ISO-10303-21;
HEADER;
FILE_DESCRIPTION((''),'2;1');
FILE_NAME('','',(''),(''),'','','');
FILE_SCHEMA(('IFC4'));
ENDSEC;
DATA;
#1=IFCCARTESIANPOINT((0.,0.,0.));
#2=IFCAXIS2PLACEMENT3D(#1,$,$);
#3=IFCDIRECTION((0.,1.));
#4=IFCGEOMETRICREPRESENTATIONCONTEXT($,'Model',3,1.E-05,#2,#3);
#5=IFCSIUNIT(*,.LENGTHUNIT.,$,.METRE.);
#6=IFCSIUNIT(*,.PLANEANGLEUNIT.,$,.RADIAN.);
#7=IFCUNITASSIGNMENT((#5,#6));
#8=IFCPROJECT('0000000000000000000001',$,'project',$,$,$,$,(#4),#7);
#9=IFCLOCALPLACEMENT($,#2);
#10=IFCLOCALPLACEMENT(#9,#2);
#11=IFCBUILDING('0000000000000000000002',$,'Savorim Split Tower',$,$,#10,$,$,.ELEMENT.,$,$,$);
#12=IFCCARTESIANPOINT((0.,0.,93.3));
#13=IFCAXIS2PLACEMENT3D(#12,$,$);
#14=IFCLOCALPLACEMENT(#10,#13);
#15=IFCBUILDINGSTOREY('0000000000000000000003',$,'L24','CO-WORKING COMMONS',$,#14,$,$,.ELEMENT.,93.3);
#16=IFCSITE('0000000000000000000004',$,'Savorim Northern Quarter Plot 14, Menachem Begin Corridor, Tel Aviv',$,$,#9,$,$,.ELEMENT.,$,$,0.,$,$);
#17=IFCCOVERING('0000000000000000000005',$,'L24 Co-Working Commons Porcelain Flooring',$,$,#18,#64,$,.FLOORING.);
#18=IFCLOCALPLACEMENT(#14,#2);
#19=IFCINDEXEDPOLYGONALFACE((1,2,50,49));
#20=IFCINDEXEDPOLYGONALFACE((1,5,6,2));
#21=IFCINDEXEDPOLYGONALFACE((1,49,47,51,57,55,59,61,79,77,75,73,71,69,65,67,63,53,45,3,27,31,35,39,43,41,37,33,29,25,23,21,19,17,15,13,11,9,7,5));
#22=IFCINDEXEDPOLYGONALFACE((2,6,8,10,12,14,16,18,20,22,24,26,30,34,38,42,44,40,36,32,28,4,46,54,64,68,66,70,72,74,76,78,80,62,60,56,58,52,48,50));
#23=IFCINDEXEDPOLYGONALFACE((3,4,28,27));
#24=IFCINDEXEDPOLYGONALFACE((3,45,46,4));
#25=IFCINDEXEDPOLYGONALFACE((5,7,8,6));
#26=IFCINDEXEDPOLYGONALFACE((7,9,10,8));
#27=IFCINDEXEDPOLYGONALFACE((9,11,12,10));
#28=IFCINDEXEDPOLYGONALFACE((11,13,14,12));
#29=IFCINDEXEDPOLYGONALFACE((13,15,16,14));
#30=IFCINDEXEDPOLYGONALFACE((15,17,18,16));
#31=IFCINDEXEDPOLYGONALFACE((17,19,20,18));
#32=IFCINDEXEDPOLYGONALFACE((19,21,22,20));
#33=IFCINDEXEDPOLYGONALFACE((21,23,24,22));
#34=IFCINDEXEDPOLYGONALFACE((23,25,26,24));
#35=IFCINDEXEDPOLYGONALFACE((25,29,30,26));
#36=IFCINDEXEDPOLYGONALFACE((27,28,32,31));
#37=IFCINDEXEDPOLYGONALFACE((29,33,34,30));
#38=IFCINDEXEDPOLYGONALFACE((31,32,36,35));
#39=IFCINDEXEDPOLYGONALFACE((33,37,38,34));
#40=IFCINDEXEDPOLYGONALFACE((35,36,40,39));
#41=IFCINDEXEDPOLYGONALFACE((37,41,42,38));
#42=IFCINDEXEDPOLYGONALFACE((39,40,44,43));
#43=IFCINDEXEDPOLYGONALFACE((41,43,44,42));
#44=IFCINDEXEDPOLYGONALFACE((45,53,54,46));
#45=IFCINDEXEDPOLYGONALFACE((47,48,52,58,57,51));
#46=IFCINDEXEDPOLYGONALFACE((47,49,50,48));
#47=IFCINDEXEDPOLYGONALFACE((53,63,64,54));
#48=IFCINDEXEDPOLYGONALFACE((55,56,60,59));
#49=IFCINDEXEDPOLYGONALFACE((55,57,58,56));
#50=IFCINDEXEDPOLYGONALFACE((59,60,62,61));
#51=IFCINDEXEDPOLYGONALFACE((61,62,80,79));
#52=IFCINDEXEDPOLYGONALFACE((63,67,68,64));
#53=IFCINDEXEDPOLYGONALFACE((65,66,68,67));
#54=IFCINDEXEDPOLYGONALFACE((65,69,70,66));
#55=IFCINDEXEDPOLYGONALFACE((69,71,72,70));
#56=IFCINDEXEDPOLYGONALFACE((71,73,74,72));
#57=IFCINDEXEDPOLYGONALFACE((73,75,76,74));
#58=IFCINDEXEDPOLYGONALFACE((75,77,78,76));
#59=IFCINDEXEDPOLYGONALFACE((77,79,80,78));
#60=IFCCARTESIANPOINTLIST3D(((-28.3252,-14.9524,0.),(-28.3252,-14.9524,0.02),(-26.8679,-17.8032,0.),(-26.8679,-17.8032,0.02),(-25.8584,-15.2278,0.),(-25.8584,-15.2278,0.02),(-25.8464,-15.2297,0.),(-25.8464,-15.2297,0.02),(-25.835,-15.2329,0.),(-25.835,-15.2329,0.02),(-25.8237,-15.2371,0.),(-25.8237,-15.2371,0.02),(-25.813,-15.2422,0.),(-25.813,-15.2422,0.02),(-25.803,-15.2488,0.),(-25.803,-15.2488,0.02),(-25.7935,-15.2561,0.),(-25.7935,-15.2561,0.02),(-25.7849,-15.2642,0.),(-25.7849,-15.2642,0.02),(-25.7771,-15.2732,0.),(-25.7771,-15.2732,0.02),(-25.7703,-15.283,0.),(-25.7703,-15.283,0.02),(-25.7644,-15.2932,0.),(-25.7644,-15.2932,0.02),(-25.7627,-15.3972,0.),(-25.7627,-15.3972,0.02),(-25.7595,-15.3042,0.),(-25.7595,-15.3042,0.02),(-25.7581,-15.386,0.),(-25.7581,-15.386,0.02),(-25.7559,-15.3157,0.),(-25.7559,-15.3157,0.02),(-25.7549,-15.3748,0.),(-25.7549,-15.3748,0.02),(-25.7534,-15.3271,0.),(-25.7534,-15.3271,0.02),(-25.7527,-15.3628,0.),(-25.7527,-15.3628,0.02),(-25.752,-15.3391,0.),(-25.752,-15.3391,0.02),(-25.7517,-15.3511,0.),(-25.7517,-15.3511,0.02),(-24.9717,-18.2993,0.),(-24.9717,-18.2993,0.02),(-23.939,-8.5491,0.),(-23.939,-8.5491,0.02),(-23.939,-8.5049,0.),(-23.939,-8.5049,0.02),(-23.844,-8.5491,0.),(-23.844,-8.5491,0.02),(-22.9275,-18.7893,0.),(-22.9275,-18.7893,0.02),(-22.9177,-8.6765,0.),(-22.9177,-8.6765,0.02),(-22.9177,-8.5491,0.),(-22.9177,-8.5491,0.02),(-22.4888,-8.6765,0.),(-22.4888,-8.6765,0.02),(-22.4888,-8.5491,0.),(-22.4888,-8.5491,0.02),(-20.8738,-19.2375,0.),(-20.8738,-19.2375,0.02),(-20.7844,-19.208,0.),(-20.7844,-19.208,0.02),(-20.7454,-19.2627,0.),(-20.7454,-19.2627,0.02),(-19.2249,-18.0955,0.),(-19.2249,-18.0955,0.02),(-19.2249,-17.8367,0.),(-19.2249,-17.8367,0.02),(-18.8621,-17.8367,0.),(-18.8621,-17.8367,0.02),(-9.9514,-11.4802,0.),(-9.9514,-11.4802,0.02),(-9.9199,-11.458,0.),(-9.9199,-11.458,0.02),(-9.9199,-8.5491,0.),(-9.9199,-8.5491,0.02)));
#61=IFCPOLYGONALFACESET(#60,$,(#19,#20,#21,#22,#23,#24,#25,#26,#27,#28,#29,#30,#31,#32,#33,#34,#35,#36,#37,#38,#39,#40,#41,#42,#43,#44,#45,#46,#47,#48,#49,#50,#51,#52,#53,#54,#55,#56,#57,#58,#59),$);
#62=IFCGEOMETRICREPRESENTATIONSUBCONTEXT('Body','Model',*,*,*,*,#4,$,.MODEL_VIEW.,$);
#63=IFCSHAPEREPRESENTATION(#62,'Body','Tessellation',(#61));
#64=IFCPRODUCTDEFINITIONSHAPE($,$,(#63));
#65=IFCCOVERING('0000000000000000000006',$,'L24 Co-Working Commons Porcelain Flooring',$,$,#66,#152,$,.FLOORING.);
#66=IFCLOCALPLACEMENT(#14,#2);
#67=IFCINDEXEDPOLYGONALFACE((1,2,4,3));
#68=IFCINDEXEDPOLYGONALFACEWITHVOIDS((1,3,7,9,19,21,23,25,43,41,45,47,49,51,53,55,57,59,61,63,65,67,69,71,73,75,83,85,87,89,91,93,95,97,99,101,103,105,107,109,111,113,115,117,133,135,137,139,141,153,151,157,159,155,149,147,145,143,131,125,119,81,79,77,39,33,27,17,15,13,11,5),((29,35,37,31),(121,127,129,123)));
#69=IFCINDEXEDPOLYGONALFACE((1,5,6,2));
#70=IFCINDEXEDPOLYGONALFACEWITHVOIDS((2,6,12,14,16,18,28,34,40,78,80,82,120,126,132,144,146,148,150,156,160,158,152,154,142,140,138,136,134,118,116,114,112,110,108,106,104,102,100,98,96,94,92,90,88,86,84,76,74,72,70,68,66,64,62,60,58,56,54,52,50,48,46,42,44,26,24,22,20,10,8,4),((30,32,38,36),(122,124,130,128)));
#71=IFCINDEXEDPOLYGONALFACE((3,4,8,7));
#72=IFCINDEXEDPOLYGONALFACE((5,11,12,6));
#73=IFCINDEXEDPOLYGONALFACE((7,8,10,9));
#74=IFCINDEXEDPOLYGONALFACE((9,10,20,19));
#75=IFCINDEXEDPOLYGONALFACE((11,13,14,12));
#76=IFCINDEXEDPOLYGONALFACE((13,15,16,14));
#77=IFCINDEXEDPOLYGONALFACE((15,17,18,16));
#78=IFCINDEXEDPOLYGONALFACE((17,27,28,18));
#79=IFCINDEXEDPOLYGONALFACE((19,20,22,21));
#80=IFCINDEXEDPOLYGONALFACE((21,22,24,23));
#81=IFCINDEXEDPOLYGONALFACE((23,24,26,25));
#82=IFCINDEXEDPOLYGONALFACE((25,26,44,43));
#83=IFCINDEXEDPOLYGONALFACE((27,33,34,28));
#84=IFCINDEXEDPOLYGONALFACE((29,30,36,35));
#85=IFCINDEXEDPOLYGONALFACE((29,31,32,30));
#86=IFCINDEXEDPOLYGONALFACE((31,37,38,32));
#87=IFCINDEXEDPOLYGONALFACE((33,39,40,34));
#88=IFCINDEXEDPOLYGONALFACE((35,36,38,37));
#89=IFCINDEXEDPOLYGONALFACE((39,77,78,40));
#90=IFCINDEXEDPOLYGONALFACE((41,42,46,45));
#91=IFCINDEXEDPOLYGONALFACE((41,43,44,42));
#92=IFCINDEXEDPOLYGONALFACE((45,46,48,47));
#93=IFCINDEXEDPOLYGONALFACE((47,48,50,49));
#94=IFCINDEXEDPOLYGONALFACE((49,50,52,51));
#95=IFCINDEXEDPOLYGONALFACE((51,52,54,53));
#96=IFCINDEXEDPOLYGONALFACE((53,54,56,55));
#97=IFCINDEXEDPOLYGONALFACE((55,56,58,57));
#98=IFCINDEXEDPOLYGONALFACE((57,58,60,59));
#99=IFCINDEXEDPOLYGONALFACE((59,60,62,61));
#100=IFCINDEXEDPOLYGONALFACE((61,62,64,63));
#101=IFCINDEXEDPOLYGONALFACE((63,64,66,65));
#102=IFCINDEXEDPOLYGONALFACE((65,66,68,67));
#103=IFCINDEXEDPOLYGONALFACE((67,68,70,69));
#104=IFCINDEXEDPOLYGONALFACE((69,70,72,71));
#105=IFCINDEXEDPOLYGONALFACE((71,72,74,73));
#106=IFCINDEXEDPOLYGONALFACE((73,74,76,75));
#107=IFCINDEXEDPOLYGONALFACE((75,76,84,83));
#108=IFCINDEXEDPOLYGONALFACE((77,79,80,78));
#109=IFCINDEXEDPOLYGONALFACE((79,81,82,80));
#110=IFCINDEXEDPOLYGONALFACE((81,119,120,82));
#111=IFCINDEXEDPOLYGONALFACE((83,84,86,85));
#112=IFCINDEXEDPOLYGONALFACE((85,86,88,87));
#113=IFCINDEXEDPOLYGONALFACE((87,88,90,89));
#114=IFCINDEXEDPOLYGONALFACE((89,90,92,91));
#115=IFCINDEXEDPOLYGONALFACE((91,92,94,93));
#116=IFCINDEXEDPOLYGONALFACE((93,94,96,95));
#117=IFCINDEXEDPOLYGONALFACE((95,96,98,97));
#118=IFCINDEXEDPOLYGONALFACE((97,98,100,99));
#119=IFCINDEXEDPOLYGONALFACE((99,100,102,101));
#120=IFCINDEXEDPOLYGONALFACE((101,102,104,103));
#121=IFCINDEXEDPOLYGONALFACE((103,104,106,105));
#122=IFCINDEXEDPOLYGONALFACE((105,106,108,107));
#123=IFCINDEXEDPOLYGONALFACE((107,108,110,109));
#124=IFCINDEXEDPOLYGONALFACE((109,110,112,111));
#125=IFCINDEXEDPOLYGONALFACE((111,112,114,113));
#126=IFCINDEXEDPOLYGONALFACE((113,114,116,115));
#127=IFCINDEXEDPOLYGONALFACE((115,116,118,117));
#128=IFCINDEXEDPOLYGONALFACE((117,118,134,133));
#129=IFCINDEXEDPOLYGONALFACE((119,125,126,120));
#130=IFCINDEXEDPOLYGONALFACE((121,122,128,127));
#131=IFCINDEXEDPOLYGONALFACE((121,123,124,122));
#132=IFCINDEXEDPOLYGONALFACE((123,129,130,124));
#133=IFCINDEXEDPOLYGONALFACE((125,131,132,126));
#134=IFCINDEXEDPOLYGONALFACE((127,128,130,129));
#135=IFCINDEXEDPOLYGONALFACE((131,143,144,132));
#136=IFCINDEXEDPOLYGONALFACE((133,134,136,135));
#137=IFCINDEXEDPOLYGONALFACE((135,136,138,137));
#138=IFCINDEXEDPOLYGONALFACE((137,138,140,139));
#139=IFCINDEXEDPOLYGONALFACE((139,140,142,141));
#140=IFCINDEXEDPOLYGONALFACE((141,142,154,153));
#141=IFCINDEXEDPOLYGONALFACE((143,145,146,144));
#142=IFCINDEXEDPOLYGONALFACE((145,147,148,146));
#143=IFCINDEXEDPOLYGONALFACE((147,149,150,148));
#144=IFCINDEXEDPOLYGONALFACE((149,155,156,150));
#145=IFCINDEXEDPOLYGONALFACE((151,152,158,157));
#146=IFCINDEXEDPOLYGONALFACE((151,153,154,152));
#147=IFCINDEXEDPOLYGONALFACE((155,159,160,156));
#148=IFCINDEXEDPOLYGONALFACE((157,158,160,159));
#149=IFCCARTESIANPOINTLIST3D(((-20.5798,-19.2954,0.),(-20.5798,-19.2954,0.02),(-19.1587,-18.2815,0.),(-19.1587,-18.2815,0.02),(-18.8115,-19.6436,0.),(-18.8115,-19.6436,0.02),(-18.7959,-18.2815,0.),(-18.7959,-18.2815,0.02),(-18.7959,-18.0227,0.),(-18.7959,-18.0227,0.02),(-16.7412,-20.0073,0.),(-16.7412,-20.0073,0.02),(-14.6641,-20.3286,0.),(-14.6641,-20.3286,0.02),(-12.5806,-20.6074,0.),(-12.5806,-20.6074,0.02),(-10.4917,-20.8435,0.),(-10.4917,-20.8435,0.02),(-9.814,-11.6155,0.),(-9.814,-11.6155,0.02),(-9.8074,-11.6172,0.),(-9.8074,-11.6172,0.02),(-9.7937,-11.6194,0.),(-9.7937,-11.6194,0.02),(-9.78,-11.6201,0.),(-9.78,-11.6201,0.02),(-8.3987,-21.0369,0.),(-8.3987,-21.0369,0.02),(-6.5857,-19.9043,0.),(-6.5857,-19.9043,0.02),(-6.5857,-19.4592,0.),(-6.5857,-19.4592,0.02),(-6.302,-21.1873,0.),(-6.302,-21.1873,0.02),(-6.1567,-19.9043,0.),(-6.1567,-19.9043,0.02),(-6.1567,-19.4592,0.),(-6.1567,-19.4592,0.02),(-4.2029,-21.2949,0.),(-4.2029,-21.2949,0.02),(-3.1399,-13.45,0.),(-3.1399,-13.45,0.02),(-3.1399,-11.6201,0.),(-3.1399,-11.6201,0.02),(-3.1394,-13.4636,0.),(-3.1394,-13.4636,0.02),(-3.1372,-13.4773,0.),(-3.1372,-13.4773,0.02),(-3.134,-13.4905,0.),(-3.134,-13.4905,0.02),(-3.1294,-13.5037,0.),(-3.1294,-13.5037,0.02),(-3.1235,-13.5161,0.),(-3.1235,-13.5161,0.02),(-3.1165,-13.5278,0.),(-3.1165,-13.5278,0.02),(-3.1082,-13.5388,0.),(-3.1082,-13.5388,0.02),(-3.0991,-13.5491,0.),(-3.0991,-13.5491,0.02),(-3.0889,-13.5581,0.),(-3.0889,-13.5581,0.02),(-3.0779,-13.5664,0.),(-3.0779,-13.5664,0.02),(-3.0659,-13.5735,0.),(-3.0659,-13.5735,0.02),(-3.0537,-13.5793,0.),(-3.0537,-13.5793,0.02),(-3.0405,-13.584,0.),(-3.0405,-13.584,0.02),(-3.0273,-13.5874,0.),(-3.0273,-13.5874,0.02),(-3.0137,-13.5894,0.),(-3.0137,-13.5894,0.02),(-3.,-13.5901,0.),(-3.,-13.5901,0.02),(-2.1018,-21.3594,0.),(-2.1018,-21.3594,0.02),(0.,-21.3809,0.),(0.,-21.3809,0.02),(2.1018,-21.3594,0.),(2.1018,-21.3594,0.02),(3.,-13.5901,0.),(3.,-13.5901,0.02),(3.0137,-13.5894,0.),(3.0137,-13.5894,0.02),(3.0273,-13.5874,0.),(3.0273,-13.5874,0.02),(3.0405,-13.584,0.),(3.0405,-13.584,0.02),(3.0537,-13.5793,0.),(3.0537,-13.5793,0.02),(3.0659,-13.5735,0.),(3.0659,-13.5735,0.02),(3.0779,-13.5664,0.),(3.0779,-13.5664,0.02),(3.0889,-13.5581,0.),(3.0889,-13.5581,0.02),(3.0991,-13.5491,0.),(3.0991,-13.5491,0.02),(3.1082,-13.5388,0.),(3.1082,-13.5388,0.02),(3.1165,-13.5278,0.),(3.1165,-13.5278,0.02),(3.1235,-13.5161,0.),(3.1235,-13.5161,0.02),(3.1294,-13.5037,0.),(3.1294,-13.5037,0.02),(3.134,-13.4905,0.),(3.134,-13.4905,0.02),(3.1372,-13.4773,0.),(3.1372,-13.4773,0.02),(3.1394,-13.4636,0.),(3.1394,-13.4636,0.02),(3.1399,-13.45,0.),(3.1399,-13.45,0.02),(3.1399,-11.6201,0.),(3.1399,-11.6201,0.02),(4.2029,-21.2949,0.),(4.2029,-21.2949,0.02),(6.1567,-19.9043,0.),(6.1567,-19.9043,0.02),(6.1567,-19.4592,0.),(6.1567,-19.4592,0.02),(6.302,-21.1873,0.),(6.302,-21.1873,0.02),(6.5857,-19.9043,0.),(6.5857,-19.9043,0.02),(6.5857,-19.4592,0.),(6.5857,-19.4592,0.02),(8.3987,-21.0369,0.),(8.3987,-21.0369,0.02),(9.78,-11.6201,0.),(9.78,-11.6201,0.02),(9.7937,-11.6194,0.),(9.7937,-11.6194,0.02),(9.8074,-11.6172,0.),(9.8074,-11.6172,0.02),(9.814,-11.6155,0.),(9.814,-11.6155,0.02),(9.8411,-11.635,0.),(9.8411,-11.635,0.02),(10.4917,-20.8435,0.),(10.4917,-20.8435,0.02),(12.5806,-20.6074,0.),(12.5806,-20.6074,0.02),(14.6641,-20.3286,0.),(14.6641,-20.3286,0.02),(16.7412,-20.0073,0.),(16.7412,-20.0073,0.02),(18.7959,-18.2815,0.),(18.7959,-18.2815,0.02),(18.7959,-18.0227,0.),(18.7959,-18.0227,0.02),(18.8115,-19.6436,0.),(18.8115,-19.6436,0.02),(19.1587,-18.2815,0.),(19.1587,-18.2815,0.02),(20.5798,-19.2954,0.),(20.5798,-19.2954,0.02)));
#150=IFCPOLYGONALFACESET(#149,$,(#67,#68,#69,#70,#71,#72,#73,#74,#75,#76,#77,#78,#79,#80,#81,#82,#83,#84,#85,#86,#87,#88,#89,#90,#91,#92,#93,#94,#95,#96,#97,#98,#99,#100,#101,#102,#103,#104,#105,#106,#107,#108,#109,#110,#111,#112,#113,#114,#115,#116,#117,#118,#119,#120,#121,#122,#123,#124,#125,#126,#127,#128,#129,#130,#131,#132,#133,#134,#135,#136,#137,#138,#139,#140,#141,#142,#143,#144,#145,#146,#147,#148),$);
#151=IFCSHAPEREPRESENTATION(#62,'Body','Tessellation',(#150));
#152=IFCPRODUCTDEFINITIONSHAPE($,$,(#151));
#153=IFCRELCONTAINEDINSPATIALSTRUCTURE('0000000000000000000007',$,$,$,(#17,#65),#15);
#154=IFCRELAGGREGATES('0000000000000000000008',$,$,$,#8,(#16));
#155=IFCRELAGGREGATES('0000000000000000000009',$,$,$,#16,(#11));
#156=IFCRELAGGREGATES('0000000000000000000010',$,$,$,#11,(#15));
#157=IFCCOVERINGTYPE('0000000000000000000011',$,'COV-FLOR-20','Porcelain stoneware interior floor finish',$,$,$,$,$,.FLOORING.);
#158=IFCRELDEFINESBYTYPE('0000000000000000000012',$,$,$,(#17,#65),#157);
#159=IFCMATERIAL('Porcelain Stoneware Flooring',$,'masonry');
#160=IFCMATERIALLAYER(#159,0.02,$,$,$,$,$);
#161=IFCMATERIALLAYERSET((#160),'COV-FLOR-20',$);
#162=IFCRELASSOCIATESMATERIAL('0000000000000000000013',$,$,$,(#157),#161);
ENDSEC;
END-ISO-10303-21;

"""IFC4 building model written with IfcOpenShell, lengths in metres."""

from ifc_helpers import new_model, si_unit, direction, frame, origin, place, context, subcontext, project, spatial, polyline, outline, extrude, material, layer, layer_set, type_object, element, save


model = new_model("IFC4")

# Units and contexts
model_context = context("Model", 3, precision=1e-05, world=origin(), true_north=direction((0.0, 1.0)))
body_context = subcontext(model_context, "Body", "Model", "MODEL_VIEW")
ifc_project = project(units=[si_unit("LENGTHUNIT", "METRE"), si_unit("PLANEANGLEUNIT", "RADIAN")], contexts=[model_context])

# Site, building, storey
site_placement = place(None, origin())
site = spatial("IfcSite", under=ifc_project, at=site_placement, Name="Savorim Northern Quarter Plot 14, Menachem Begin Corridor, Tel Aviv", CompositionType="ELEMENT", RefElevation=0.0)
building_placement = place(site_placement, origin())
building = spatial("IfcBuilding", under=site, at=building_placement, Name="Savorim Split Tower", CompositionType="ELEMENT")
storey_placement = place(building_placement, frame((0.0, 0.0, 93.3)))
storey = spatial("IfcBuildingStorey", under=building, at=storey_placement, Name="L24", Description="CO-WORKING COMMONS", CompositionType="ELEMENT", Elevation=93.3)

# Coverings
ifc_material_1 = material(Name="Porcelain Stoneware Flooring", Category="masonry")
ifc_layer_1 = layer(ifc_material_1, 0.02)
ifc_layer_set_1 = layer_set([ifc_layer_1], Name="COV-FLOR-20")
covering_type_1 = type_object("IfcCoveringType", Name="COV-FLOR-20", Description="Porcelain stoneware interior floor finish", PredefinedType="FLOORING", material=ifc_layer_set_1)
covering_1_placement = place(storey_placement, origin())
element("IfcCovering", 1, at=covering_1_placement, inside=storey, type_object=covering_type_1, Name="L24 Co-Working Commons Porcelain Flooring", PredefinedType="FLOORING", context=body_context, shape_type="SweptSolid", body=[
    extrude(outline(polyline([(-25.752, -15.3391), (-25.7517, -15.3511), (-25.7527, -15.3628), (-25.7549, -15.3748), (-25.7581, -15.386), (-25.7627, -15.3972), (-26.8679, -17.8032), (-24.9717, -18.2993), (-22.9275, -18.7893), (-20.8738, -19.2375), (-20.7454, -19.2627), (-20.7844, -19.208), (-19.2249, -18.0955), (-19.2249, -17.8367), (-18.8621, -17.8367), (-9.9514, -11.4802), (-9.9199, -11.458), (-9.9199, -8.5491), (-22.4888, -8.5491), (-22.4888, -8.6765), (-22.9177, -8.6765), (-22.9177, -8.5491), (-23.844, -8.5491), (-23.939, -8.5491), (-23.939, -8.5049), (-28.3252, -14.9524), (-25.8584, -15.2278), (-25.8464, -15.2297), (-25.835, -15.2329), (-25.8237, -15.2371), (-25.813, -15.2422), (-25.803, -15.2488), (-25.7935, -15.2561), (-25.7849, -15.2642), (-25.7771, -15.2732), (-25.7703, -15.283), (-25.7644, -15.2932), (-25.7595, -15.3042), (-25.7559, -15.3157), (-25.7534, -15.3271), (-25.752, -15.3391)])), origin(), (0.0, 0.0, 1.0), 0.02),
])
covering_2_placement = place(storey_placement, origin())
element("IfcCovering", 2, at=covering_2_placement, inside=storey, type_object=covering_type_1, Name="L24 Co-Working Commons Porcelain Flooring", PredefinedType="FLOORING", context=body_context, shape_type="SweptSolid", body=[
    extrude(outline(polyline([(12.5806, -20.6074), (14.6641, -20.3286), (16.7412, -20.0073), (18.8115, -19.6436), (20.5798, -19.2954), (19.1587, -18.2815), (18.7959, -18.2815), (18.7959, -18.0227), (9.8411, -11.635), (9.814, -11.6155), (9.8074, -11.6172), (9.7937, -11.6194), (9.78, -11.6201), (3.1399, -11.6201), (3.1399, -13.45), (3.1394, -13.4636), (3.1372, -13.4773), (3.134, -13.4905), (3.1294, -13.5037), (3.1235, -13.5161), (3.1165, -13.5278), (3.1082, -13.5388), (3.0991, -13.5491), (3.0889, -13.5581), (3.0779, -13.5664), (3.0659, -13.5735), (3.0537, -13.5793), (3.0405, -13.584), (3.0273, -13.5874), (3.0137, -13.5894), (3.0, -13.5901), (-3.0, -13.5901), (-3.0137, -13.5894), (-3.0273, -13.5874), (-3.0405, -13.584), (-3.0537, -13.5793), (-3.0659, -13.5735), (-3.0779, -13.5664), (-3.0889, -13.5581), (-3.0991, -13.5491), (-3.1082, -13.5388), (-3.1165, -13.5278), (-3.1235, -13.5161), (-3.1294, -13.5037), (-3.134, -13.4905), (-3.1372, -13.4773), (-3.1394, -13.4636), (-3.1399, -13.45), (-3.1399, -11.6201), (-9.78, -11.6201), (-9.7937, -11.6194), (-9.8074, -11.6172), (-9.814, -11.6155), (-18.7959, -18.0227), (-18.7959, -18.2815), (-19.1587, -18.2815), (-20.5798, -19.2954), (-18.8115, -19.6436), (-16.7412, -20.0073), (-14.6641, -20.3286), (-12.5806, -20.6074), (-10.4917, -20.8435), (-8.3987, -21.0369), (-6.302, -21.1873), (-4.2029, -21.2949), (-2.1018, -21.3594), (0.0, -21.3809), (2.1018, -21.3594), (4.2029, -21.2949), (6.302, -21.1873), (8.3987, -21.0369), (10.4917, -20.8435), (12.5806, -20.6074)]), holes=[polyline([(-6.5857, -19.9043), (-6.1567, -19.9043), (-6.1567, -19.4592), (-6.5857, -19.4592), (-6.5857, -19.9043)]), polyline([(6.1567, -19.9043), (6.5857, -19.9043), (6.5857, -19.4592), (6.1567, -19.4592), (6.1567, -19.9043)])]), origin(), (0.0, 0.0, 1.0), 0.02),
])

save(model, "model.ifc")
